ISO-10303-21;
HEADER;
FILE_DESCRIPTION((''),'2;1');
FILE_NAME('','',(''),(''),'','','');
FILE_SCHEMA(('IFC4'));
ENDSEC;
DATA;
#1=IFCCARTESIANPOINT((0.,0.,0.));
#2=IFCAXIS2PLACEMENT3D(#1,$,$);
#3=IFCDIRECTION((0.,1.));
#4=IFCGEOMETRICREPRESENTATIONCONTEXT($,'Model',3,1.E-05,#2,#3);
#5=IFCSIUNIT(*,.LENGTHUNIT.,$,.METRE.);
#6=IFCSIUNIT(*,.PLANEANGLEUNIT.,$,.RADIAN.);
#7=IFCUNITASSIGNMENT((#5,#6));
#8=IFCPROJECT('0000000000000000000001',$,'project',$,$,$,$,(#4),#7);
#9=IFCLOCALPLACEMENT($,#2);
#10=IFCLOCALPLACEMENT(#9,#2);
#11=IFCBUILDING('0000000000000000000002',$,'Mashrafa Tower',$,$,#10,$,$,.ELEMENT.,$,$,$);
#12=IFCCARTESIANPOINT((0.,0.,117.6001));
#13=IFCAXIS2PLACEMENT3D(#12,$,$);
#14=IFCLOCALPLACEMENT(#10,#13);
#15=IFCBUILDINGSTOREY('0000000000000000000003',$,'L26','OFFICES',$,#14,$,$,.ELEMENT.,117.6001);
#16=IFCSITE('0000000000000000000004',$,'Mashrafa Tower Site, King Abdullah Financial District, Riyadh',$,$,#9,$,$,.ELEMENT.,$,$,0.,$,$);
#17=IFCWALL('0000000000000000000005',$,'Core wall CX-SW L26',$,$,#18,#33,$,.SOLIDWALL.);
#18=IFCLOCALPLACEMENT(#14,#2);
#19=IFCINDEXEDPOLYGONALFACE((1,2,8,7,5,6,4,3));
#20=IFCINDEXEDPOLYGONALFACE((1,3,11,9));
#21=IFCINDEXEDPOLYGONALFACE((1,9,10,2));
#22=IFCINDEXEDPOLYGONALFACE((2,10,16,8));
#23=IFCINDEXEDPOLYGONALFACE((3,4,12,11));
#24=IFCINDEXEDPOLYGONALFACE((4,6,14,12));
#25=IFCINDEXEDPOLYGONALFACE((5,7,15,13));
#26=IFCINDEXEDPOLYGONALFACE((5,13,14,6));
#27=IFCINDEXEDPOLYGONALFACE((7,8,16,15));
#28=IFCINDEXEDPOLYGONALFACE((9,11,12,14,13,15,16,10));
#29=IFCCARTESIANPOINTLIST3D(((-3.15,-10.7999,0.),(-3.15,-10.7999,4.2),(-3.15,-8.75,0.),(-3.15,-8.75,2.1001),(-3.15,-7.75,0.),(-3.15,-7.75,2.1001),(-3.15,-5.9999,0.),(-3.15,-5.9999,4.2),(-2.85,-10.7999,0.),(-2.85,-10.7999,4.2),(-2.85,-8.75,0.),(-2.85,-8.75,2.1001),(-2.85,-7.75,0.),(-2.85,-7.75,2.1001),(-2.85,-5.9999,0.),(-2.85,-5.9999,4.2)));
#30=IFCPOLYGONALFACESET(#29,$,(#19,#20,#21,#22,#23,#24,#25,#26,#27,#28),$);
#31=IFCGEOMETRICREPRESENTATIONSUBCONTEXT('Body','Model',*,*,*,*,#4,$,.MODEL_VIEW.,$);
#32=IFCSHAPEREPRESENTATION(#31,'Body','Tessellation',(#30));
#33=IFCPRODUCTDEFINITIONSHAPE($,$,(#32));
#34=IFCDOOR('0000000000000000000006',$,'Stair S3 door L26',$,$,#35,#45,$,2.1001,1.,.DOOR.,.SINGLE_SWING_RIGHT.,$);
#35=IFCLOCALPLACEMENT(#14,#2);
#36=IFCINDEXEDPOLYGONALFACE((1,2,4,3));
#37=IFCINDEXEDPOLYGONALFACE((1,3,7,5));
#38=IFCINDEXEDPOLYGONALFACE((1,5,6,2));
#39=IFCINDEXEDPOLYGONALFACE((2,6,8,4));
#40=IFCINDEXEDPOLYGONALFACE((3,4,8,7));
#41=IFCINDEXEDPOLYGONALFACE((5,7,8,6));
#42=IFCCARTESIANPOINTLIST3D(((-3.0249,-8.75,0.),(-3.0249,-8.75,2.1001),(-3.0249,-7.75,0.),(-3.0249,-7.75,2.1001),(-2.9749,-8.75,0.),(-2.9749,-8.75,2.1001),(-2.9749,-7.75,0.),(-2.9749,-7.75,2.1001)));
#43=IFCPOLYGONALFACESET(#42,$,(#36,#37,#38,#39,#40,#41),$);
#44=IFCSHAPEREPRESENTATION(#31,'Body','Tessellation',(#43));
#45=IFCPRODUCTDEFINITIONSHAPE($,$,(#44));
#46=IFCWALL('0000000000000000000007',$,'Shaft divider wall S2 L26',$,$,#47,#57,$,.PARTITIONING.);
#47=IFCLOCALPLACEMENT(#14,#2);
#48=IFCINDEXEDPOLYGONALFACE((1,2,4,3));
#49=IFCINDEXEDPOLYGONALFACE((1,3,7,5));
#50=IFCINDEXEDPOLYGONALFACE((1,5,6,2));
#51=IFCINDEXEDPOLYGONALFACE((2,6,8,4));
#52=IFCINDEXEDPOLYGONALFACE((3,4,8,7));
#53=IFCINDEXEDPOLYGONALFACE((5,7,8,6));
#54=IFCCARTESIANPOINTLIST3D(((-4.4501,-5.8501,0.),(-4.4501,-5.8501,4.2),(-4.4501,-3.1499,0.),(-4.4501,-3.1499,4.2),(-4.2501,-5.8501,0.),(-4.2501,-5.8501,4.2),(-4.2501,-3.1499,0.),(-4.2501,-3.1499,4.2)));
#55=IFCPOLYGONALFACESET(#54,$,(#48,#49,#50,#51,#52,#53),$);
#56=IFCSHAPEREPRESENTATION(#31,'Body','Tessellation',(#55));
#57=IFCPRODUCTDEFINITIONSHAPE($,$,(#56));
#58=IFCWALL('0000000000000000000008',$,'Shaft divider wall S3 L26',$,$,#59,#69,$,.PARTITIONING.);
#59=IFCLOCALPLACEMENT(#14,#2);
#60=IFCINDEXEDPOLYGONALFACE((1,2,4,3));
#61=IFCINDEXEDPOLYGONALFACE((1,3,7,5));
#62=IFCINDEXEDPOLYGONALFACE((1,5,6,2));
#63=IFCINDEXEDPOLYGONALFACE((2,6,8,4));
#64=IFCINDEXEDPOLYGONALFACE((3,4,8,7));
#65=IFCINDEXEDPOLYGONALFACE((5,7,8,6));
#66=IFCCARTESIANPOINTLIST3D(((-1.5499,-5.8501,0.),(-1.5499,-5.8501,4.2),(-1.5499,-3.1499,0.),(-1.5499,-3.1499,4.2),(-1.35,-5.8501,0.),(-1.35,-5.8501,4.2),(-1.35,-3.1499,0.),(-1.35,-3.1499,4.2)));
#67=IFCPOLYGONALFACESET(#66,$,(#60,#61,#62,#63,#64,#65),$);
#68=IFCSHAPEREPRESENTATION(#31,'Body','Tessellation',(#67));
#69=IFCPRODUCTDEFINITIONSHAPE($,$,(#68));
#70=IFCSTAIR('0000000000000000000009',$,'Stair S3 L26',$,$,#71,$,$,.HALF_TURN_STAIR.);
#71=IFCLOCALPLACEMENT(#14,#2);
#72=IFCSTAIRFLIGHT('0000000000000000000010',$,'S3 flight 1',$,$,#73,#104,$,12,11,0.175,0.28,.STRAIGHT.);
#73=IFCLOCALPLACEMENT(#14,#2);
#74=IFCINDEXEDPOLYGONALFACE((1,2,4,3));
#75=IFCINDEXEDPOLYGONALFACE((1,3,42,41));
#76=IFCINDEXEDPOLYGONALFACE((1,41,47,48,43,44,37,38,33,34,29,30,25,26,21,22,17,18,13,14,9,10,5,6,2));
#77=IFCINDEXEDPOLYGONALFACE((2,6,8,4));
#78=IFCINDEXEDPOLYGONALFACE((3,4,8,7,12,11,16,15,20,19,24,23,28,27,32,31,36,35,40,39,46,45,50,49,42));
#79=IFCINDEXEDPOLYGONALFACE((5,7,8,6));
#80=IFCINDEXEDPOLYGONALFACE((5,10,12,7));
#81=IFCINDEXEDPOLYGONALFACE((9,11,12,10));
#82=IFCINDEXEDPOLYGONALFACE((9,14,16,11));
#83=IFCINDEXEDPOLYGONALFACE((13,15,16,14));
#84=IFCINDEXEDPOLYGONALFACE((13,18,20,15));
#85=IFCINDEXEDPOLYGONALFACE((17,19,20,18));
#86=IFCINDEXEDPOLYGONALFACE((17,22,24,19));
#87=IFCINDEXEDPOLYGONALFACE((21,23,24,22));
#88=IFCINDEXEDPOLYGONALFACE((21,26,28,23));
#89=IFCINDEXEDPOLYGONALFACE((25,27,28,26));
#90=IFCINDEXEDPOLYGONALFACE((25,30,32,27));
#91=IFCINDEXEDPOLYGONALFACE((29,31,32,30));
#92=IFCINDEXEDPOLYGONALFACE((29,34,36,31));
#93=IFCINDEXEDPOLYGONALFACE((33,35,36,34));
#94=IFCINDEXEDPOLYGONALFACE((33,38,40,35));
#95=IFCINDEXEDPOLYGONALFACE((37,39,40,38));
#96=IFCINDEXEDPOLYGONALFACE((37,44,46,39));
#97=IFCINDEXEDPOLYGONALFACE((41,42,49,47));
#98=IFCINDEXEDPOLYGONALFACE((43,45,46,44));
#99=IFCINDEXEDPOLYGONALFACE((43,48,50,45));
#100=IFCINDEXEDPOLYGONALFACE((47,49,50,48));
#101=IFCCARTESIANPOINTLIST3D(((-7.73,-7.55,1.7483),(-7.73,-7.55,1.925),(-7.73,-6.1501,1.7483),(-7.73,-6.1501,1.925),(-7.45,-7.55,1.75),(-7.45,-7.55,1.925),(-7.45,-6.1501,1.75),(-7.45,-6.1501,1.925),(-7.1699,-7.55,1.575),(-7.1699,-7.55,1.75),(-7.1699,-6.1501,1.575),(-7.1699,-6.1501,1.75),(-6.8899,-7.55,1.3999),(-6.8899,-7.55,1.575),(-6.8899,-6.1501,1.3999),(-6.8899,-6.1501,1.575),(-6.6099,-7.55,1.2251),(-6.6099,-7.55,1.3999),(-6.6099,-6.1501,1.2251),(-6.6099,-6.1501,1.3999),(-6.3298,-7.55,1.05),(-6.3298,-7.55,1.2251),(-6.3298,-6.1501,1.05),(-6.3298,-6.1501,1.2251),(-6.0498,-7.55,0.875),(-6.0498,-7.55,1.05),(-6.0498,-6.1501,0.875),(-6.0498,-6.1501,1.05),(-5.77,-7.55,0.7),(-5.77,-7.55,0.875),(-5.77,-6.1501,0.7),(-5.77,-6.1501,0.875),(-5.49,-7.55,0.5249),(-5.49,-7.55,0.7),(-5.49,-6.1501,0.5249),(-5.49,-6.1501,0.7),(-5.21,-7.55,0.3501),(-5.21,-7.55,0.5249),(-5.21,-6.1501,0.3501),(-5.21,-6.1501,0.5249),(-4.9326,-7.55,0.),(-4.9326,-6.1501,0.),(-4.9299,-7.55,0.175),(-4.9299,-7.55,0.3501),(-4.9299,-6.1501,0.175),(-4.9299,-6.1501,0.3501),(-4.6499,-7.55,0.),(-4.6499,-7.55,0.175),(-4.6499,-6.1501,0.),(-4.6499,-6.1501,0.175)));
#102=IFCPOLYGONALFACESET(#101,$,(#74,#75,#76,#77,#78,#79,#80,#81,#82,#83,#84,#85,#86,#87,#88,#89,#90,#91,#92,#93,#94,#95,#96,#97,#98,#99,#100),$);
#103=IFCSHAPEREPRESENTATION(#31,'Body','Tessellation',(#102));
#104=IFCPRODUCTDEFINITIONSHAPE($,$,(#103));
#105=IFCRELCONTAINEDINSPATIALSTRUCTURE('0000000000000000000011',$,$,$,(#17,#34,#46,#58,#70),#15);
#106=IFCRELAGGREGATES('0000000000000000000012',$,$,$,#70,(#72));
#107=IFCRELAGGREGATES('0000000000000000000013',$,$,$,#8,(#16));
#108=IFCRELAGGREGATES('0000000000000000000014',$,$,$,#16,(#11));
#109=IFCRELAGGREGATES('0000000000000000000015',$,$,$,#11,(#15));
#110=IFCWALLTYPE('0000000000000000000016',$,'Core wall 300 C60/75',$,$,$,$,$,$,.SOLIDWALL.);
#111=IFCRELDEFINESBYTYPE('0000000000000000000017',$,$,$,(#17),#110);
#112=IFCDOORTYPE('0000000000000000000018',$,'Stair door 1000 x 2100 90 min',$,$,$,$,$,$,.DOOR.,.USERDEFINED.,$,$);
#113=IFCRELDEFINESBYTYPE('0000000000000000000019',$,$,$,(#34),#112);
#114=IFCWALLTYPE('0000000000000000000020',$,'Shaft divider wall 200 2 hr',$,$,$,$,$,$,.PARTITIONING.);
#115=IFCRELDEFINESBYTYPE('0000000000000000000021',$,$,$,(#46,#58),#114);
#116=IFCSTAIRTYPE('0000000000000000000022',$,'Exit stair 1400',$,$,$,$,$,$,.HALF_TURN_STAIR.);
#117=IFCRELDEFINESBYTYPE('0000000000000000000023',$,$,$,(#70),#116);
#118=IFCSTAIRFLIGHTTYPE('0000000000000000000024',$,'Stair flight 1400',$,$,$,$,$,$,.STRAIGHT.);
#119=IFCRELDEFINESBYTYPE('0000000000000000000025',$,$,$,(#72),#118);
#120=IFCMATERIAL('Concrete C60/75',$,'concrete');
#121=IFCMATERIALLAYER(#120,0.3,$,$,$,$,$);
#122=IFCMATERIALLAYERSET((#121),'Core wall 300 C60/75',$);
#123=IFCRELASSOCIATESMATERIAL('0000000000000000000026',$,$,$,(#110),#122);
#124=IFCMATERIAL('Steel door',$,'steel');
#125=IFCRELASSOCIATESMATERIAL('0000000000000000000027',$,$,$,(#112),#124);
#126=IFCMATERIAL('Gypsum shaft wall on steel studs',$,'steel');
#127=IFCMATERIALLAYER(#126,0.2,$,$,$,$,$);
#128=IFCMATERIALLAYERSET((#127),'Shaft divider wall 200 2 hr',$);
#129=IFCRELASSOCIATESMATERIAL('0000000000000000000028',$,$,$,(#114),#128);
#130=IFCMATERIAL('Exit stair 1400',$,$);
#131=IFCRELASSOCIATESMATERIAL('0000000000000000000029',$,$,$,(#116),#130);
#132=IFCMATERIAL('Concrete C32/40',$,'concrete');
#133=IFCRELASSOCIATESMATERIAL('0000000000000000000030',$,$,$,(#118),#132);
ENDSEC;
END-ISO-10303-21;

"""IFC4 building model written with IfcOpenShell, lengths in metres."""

from ifc_helpers import new_model, si_unit, direction, frame, frame_2d, origin, place, context, subcontext, project, spatial, polyline, rectangle, outline, extrude, material, layer, layer_set, type_object, element, fill, aggregate, save


model = new_model("IFC4")

# Units and contexts
model_context = context("Model", 3, precision=1e-05, world=origin(), true_north=direction((0.0, 1.0)))
body_context = subcontext(model_context, "Body", "Model", "MODEL_VIEW")
ifc_project = project(units=[si_unit("LENGTHUNIT", "METRE"), si_unit("PLANEANGLEUNIT", "RADIAN")], contexts=[model_context])

# Site, building, storey
site_placement = place(None, origin())
site = spatial("IfcSite", under=ifc_project, at=site_placement, Name="Mashrafa Tower Site, King Abdullah Financial District, Riyadh", CompositionType="ELEMENT", RefElevation=0.0)
building_placement = place(site_placement, origin())
building = spatial("IfcBuilding", under=site, at=building_placement, Name="Mashrafa Tower", CompositionType="ELEMENT")
storey_placement = place(building_placement, frame((0.0, 0.0, 117.6001)))
storey = spatial("IfcBuildingStorey", under=building, at=storey_placement, Name="L26", Description="OFFICES", CompositionType="ELEMENT", Elevation=117.6001)

# Wall, opening, door
ifc_material_1 = material(Name="Concrete C60/75", Category="concrete")
ifc_layer_1 = layer(ifc_material_1, 0.3)
ifc_layer_set_1 = layer_set([ifc_layer_1], Name="Core wall 300 C60/75")
wall_type_1 = type_object("IfcWallType", Name="Core wall 300 C60/75", PredefinedType="SOLIDWALL", material=ifc_layer_set_1)
wall_placement = place(storey_placement, frame((-3.0, -6.0, 0.0), z_axis=(0.0, 0.0, 1.0), x_axis=(0.0, -1.0, 0.0)))
wall = element("IfcWall", 1, at=wall_placement, inside=storey, type_object=wall_type_1, Name="Core wall CX-SW L26", PredefinedType="SOLIDWALL", context=body_context, shape_type="SweptSolid", body=[
    extrude(rectangle(XDim=4.8, YDim=0.3, at=frame_2d((2.3999, 0.0))), origin(), (0.0, 0.0, 1.0), 4.2),
])
opening_placement = place(wall_placement, frame((1.75, 0.0, 0.0)))
opening = element("IfcOpeningElement", 2, at=opening_placement, cuts=wall, PredefinedType="OPENING", context=body_context, shape_type="SweptSolid", body=[
    extrude(rectangle(XDim=1.0, YDim=2.1001, at=frame_2d((0.5, 1.05))), frame((0.0, 0.1599, 0.0), z_axis=(0.0, -1.0, 0.0), x_axis=(1.0, 0.0, 0.0)), (0.0, 0.0, 1.0), 0.3201),
])
ifc_material_2 = material(Name="Steel door", Category="steel")
door_type = type_object("IfcDoorType", Name="Stair door 1000 x 2100 90 min", OperationType="USERDEFINED", PredefinedType="DOOR", material=ifc_material_2)
door_placement = place(opening_placement, frame((1.0, 0.0, 0.0), z_axis=(0.0, 0.0, 1.0), x_axis=(-1.0, 0.0, 0.0)))
door = element("IfcDoor", 3, at=door_placement, inside=storey, type_object=door_type, Name="Stair S3 door L26", OperationType="SINGLE_SWING_RIGHT", OverallHeight=2.1001, OverallWidth=1.0, PredefinedType="DOOR", context=body_context, shape_type="SweptSolid", body=[
    extrude(rectangle(XDim=1.0, YDim=2.1001, at=frame_2d((0.5, 1.05))), frame((0.0, 0.0249, 0.0), z_axis=(0.0, -1.0, 0.0), x_axis=(1.0, 0.0, 0.0)), (0.0, 0.0, 1.0), 0.05),
])
fill(opening, door)

# Walls
ifc_material_3 = material(Name="Gypsum shaft wall on steel studs", Category="steel")
ifc_layer_2 = layer(ifc_material_3, 0.2)
ifc_layer_set_2 = layer_set([ifc_layer_2], Name="Shaft divider wall 200 2 hr")
wall_type_2 = type_object("IfcWallType", Name="Shaft divider wall 200 2 hr", PredefinedType="PARTITIONING", material=ifc_layer_set_2)
for number, where, z_axis, x_axis, name in (
    (4, (-4.3501, -5.8501, 0.0), (0.0, 0.0, 1.0), (0.0, 1.0, 0.0), "Shaft divider wall S2 L26"),
    (5, (-1.45, -5.8501, 0.0), (0.0, 0.0, 1.0), (0.0, 1.0, 0.0), "Shaft divider wall S3 L26"),
):
    element("IfcWall", number, at=place(storey_placement, frame(where, z_axis=z_axis, x_axis=x_axis)), inside=storey, type_object=wall_type_2, Name=name, PredefinedType="PARTITIONING", context=body_context, shape_type="SweptSolid", body=[
        extrude(rectangle(XDim=2.7002, YDim=0.2, at=frame_2d((1.3501, 0.0))), origin(), (0.0, 0.0, 1.0), 4.2),
    ])

# Stair, stair flight
ifc_material_4 = material(Name="Exit stair 1400")
stair_type = type_object("IfcStairType", Name="Exit stair 1400", PredefinedType="HALF_TURN_STAIR", material=ifc_material_4)
stair_placement = place(storey_placement, origin())
stair = element("IfcStair", 6, at=stair_placement, inside=storey, type_object=stair_type, Name="Stair S3 L26", PredefinedType="HALF_TURN_STAIR")
ifc_material_5 = material(Name="Concrete C32/40", Category="concrete")
stair_flight_type = type_object("IfcStairFlightType", Name="Stair flight 1400", PredefinedType="STRAIGHT", material=ifc_material_5)
stair_flight_placement = place(storey_placement, frame((-4.6499, -6.8501, 0.0), z_axis=(0.0, 0.0, 1.0), x_axis=(-1.0, 0.0, 0.0)))
stair_flight = element("IfcStairFlight", 7, at=stair_flight_placement, type_object=stair_flight_type, Name="S3 flight 1", NumberOfRisers=12, NumberOfTreads=11, PredefinedType="STRAIGHT", RiserHeight=0.175, TreadLength=0.28, context=body_context, shape_type="SweptSolid", body=[
    extrude(outline(polyline([(0.0, 0.0), (0.0, 0.175), (0.28, 0.175), (0.28, 0.3501), (0.5601, 0.3501), (0.5601, 0.5249), (0.8401, 0.5249), (0.8401, 0.7), (1.1201, 0.7), (1.1201, 0.875), (1.3999, 0.875), (1.3999, 1.05), (1.6799, 1.05), (1.6799, 1.2251), (1.96, 1.2251), (1.96, 1.3999), (2.24, 1.3999), (2.24, 1.575), (2.52, 1.575), (2.52, 1.75), (2.8, 1.75), (2.8, 1.925), (3.0801, 1.925), (3.0801, 2.1001), (3.0801, 1.7483), (0.2827, 0.0), (0.0, 0.0)])), frame((0.0, 0.7, 0.0), z_axis=(0.0, -1.0, 0.0), x_axis=(1.0, 0.0, 0.0)), (0.0, 0.0, 1.0), 1.3999),
])
aggregate(stair, [stair_flight])

save(model, "model.ifc")
